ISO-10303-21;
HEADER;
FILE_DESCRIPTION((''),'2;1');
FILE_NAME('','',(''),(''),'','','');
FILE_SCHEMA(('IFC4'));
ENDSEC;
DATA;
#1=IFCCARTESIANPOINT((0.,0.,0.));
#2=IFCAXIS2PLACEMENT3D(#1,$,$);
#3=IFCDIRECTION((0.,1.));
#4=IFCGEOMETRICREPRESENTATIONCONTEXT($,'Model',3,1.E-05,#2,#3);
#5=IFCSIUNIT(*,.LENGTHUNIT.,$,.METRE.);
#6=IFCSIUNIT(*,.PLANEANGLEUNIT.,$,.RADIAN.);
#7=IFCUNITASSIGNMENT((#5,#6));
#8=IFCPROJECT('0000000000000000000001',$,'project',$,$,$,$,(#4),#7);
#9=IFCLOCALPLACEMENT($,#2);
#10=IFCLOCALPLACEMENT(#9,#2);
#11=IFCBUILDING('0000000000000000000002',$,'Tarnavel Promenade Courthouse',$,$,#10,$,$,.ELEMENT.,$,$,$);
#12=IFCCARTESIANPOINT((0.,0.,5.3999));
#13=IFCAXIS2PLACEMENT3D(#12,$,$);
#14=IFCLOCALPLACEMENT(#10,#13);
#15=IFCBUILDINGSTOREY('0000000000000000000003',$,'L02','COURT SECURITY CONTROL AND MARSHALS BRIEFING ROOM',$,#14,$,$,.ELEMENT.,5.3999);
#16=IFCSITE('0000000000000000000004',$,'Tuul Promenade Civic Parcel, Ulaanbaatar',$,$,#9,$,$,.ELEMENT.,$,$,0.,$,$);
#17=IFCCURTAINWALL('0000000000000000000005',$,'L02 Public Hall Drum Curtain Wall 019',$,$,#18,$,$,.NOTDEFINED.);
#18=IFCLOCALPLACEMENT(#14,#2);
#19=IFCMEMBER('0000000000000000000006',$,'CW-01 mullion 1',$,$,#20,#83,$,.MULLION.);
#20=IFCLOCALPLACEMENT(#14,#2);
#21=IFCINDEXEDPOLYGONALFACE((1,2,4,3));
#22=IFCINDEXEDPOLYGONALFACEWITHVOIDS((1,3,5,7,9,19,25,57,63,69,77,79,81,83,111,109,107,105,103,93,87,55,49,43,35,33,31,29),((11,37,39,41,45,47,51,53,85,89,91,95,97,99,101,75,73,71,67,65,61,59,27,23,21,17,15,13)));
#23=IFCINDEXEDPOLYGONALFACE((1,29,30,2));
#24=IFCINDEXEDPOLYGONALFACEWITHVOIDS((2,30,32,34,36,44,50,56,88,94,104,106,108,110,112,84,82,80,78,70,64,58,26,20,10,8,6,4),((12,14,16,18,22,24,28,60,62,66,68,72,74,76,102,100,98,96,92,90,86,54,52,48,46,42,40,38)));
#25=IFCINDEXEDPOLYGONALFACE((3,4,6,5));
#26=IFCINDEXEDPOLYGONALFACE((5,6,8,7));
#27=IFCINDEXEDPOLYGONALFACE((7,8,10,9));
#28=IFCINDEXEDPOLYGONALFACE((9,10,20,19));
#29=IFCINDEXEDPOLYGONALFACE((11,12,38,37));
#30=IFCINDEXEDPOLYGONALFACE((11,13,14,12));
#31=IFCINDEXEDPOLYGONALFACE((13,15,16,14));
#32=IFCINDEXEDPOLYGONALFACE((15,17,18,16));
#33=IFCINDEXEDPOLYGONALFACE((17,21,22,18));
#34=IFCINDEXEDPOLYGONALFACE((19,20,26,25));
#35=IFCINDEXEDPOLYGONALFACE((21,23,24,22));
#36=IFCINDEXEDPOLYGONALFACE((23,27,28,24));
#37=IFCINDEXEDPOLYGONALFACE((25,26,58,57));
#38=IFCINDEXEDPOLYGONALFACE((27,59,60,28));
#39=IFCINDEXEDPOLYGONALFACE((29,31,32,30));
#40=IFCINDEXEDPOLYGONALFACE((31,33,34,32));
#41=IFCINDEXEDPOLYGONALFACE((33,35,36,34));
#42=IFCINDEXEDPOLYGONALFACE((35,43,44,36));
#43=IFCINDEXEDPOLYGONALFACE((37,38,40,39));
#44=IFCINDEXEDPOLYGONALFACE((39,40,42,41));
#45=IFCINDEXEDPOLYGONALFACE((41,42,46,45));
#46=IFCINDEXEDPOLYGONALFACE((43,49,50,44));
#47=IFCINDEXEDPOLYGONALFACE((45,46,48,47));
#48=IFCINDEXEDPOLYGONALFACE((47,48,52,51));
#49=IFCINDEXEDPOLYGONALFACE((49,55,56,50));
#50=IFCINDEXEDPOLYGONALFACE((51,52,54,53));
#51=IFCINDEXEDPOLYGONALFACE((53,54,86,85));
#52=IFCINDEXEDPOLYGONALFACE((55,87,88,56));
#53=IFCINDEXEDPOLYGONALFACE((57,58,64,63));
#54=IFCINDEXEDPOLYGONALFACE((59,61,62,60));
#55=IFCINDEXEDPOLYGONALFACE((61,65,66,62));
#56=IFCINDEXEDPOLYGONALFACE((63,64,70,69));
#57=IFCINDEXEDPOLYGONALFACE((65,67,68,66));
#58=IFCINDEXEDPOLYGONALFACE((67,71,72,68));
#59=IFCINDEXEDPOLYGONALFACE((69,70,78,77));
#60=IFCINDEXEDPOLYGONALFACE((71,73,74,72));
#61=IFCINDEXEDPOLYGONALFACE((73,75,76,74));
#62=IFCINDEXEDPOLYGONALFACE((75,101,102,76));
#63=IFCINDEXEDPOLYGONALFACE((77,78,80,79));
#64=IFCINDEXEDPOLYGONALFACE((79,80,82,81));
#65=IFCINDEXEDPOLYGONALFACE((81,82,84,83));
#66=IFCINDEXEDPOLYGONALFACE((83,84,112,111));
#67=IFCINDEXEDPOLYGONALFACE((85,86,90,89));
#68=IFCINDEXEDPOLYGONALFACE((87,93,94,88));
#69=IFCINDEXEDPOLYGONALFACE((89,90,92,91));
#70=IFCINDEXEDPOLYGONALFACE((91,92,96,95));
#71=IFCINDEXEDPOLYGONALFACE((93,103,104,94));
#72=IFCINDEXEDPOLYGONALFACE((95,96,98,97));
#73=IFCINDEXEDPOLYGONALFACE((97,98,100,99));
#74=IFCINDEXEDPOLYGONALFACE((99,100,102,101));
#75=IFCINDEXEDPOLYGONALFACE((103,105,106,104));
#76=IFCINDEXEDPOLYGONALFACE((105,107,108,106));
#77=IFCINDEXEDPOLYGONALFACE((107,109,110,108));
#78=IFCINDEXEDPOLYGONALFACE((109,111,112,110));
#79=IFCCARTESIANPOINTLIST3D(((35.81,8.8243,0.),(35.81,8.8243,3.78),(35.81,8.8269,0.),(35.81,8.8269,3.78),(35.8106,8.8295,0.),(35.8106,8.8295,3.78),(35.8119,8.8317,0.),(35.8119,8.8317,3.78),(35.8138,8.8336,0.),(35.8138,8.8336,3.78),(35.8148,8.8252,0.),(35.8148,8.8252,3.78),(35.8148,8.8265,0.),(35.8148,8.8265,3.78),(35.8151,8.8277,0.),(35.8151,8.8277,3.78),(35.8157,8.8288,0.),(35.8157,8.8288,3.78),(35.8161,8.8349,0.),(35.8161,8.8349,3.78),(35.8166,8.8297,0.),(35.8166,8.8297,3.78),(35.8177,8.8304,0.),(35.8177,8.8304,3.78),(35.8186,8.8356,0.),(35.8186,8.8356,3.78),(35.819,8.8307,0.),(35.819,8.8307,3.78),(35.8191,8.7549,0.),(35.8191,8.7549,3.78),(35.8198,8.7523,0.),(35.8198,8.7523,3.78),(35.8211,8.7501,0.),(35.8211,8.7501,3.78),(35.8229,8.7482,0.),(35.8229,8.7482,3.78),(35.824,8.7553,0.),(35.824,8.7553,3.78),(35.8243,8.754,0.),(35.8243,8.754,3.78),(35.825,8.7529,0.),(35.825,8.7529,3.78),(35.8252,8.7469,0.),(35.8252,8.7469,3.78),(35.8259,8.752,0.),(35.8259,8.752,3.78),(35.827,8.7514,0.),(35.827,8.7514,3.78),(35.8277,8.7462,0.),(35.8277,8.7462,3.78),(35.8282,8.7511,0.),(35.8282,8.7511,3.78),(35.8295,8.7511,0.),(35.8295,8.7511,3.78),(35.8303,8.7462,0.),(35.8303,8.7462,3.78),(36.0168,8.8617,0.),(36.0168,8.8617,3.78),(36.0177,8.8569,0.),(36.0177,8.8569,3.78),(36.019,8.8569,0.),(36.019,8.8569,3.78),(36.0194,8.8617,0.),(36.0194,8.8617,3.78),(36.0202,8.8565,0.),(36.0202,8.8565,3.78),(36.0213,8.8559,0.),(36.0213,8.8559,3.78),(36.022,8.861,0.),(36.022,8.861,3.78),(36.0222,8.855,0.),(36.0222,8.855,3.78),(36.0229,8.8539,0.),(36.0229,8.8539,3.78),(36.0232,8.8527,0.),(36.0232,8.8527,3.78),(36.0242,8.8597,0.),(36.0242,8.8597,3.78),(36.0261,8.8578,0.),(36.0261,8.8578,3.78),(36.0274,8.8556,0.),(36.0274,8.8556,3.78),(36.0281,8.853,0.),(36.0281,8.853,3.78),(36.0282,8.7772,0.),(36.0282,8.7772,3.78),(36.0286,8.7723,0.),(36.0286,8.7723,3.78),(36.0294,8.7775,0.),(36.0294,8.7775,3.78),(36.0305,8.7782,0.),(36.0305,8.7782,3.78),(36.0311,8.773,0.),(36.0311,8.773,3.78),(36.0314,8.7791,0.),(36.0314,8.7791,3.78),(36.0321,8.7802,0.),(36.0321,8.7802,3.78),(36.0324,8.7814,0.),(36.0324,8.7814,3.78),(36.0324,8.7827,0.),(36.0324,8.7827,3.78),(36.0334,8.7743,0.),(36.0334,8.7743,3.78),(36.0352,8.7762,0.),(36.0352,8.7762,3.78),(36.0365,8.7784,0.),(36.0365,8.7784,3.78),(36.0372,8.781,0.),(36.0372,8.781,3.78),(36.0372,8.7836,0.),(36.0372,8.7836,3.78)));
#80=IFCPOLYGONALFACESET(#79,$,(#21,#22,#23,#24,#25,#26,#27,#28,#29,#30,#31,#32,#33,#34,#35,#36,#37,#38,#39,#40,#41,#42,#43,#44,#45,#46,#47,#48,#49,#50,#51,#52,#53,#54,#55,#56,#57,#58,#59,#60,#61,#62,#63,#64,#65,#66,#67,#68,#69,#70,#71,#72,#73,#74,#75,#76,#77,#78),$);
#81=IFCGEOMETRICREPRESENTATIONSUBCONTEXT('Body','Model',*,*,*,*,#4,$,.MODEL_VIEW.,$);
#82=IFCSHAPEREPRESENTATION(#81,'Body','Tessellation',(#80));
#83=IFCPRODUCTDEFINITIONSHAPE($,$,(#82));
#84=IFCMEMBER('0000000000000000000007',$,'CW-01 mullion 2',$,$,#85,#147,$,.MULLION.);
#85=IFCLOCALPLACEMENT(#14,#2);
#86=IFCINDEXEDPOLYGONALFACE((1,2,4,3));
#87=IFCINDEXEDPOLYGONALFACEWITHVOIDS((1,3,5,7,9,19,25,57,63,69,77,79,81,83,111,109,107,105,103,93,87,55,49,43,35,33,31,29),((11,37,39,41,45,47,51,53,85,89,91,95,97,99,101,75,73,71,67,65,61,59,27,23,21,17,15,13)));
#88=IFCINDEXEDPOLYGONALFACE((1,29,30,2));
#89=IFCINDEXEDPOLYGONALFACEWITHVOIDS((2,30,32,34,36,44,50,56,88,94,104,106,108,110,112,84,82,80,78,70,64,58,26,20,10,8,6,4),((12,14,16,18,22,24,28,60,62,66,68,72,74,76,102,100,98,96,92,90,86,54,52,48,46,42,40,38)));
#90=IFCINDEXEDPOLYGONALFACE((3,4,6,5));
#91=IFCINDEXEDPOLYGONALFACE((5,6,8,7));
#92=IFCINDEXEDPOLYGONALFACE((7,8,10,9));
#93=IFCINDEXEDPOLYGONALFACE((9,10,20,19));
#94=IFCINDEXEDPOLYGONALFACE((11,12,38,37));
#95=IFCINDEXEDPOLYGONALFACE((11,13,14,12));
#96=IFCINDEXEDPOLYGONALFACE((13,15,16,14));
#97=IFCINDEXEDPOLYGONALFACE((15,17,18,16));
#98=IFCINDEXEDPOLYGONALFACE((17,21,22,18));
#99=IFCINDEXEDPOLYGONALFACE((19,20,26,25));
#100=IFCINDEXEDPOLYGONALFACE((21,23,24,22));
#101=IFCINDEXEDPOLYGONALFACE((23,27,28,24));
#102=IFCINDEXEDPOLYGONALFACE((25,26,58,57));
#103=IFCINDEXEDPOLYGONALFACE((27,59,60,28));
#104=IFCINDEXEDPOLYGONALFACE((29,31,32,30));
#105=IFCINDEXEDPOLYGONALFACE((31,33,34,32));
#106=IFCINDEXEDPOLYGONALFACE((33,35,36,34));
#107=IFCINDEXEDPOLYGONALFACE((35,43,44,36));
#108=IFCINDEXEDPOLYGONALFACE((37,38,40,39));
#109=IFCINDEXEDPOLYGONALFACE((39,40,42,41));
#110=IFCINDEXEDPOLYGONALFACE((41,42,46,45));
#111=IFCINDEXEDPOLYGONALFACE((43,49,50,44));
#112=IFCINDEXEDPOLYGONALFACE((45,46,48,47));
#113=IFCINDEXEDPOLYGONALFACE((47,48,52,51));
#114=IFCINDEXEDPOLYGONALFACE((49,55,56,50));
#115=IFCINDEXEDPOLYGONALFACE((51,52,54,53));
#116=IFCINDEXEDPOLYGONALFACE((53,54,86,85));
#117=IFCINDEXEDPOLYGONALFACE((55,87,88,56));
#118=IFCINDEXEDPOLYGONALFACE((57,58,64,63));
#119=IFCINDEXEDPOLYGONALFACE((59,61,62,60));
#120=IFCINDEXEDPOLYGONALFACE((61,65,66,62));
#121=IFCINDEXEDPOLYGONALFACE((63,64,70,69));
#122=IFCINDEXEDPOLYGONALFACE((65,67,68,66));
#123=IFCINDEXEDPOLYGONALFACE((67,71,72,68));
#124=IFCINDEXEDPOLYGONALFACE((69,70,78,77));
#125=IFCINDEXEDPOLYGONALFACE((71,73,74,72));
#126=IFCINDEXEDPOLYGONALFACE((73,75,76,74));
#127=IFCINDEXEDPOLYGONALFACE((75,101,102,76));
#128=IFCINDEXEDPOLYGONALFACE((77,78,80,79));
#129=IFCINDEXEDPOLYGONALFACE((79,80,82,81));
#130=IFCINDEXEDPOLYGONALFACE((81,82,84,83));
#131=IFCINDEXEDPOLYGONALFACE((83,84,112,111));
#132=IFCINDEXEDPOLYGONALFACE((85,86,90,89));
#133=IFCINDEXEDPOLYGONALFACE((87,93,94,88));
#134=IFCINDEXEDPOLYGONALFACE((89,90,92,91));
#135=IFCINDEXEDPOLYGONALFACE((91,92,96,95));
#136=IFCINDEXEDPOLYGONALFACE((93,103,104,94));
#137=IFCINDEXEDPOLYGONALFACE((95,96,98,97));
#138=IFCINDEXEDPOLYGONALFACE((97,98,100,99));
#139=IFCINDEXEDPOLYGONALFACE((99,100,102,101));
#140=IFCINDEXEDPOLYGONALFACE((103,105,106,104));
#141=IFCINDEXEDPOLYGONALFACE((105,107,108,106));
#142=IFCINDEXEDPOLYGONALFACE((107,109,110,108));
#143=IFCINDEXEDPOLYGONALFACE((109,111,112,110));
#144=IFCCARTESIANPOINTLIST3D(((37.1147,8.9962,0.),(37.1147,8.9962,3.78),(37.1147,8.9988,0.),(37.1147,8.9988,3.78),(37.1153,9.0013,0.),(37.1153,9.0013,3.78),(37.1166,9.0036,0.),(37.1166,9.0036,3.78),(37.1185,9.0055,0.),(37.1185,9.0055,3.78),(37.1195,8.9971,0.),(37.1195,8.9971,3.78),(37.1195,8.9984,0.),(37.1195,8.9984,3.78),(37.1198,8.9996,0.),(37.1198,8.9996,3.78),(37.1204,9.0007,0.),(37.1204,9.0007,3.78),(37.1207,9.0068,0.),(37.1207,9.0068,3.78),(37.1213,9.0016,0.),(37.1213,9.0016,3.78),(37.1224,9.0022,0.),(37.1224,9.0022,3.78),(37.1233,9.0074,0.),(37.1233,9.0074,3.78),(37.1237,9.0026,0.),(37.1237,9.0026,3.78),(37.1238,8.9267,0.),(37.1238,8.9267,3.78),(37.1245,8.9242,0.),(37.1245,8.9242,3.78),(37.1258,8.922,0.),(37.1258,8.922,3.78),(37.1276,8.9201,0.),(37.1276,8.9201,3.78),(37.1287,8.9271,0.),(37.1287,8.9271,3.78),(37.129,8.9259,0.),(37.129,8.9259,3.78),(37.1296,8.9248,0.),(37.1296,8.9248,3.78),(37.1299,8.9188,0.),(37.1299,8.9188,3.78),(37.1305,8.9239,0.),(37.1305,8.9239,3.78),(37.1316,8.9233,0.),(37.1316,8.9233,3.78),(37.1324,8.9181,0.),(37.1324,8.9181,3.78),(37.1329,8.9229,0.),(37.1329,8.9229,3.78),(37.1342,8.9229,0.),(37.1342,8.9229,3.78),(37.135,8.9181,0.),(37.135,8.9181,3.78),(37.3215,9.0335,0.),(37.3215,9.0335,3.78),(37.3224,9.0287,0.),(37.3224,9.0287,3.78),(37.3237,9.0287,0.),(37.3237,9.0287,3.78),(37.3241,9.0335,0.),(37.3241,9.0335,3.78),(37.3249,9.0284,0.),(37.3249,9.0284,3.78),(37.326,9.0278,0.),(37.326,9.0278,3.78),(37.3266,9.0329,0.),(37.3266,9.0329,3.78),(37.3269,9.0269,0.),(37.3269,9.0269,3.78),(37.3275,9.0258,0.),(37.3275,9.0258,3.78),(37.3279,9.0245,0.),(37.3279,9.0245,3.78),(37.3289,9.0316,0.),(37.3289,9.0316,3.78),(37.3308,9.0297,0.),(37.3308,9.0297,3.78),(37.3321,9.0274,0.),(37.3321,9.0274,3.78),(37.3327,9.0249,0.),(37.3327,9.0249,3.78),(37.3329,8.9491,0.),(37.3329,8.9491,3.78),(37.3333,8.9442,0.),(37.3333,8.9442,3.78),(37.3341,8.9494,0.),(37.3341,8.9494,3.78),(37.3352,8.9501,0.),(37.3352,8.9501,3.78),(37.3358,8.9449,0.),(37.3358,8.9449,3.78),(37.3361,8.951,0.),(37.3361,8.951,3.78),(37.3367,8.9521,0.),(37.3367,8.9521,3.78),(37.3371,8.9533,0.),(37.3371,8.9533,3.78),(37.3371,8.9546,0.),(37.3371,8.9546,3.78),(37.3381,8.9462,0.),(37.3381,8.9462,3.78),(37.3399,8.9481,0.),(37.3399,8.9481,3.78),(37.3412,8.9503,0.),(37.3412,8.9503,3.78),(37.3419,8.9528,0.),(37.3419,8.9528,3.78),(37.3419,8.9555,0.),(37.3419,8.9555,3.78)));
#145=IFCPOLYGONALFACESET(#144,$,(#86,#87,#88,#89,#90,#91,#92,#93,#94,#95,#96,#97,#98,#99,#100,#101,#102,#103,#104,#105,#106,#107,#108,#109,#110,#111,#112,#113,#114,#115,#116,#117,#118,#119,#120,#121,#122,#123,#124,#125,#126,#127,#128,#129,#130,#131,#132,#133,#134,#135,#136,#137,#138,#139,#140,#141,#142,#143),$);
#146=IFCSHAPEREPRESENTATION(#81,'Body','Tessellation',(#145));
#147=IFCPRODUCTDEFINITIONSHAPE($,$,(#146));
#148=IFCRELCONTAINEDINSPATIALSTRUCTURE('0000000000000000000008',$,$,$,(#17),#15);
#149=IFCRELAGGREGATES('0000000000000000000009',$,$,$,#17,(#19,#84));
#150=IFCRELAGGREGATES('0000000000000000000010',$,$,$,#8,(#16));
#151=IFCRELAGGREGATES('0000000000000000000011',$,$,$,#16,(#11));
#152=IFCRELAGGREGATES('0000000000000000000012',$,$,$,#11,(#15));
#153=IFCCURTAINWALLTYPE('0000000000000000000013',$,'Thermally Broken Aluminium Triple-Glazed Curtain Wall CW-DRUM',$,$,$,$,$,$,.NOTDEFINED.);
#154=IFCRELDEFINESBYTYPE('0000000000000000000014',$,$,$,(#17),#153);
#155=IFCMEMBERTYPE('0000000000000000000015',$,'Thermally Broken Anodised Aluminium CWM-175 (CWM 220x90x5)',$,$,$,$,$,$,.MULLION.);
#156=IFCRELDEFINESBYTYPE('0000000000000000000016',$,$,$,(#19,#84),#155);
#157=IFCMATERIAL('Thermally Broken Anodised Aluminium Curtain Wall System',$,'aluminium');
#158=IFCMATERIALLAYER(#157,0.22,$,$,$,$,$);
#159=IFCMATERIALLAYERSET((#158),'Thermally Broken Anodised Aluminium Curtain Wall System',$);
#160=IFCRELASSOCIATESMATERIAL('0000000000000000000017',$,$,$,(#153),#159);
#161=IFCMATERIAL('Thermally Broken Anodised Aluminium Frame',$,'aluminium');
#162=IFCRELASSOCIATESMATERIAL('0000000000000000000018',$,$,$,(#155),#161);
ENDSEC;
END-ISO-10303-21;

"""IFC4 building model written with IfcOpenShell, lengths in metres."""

from ifc_helpers import new_model, si_unit, direction, frame, origin, origin_2d, place, context, subcontext, project, spatial, hollow_rectangle, extrude, material, layer, layer_set, material_profile, profile_set, type_object, element, aggregate, save


model = new_model("IFC4")

# Units and contexts
model_context = context("Model", 3, precision=1e-05, world=origin(), true_north=direction((0.0, 1.0)))
body_context = subcontext(model_context, "Body", "Model", "MODEL_VIEW")
ifc_project = project(units=[si_unit("LENGTHUNIT", "METRE"), si_unit("PLANEANGLEUNIT", "RADIAN")], contexts=[model_context])

# Site, building, storey
site_placement = place(None, origin())
site = spatial("IfcSite", under=ifc_project, at=site_placement, Name="Tuul Promenade Civic Parcel, Ulaanbaatar", CompositionType="ELEMENT", RefElevation=0.0)
building_placement = place(site_placement, origin())
building = spatial("IfcBuilding", under=site, at=building_placement, Name="Tarnavel Promenade Courthouse", CompositionType="ELEMENT")
storey_placement = place(building_placement, frame((0.0, 0.0, 5.3999)))
storey = spatial("IfcBuildingStorey", under=building, at=storey_placement, Name="L02", Description="COURT SECURITY CONTROL AND MARSHALS BRIEFING ROOM", CompositionType="ELEMENT", Elevation=5.3999)

# Curtain wall, members
ifc_material_1 = material(Name="Thermally Broken Anodised Aluminium Curtain Wall System", Category="aluminium")
ifc_layer_1 = layer(ifc_material_1, 0.22)
ifc_layer_set_1 = layer_set([ifc_layer_1], Name="Thermally Broken Anodised Aluminium Curtain Wall System")
curtain_wall_type = type_object("IfcCurtainWallType", Name="Thermally Broken Aluminium Triple-Glazed Curtain Wall CW-DRUM", PredefinedType="NOTDEFINED", material=ifc_layer_set_1)
ifc_material_2 = material(Name="Thermally Broken Anodised Aluminium Frame", Category="aluminium")
ifc_material_profile_1 = material_profile(ifc_material_2, hollow_rectangle(XDim=0.0901, YDim=0.22, WallThickness=0.0049, InnerFilletRadius=0.0049, OuterFilletRadius=0.01, at=origin_2d()), Name="CWM 220x90x5")
ifc_profile_set_1 = profile_set([ifc_material_profile_1], Name="Thermally Broken Anodised Aluminium Frame")
member_type_1 = type_object("IfcMemberType", Name="Thermally Broken Anodised Aluminium CWM-175 (CWM 220x90x5)", PredefinedType="MULLION", material=ifc_profile_set_1)
curtain_wall_1_placement = place(storey_placement, origin())
curtain_wall_1 = element("IfcCurtainWall", 1, at=curtain_wall_1_placement, inside=storey, type_object=curtain_wall_type, Name="L02 Public Hall Drum Curtain Wall 019", PredefinedType="NOTDEFINED")
member_1_placement = place(storey_placement, frame((35.9236, 8.804, 0.0), z_axis=(0.0, 0.0, 1.0), x_axis=(-0.130526, 0.991445, 0.0)))
member_1 = element("IfcMember", 2, at=member_1_placement, type_object=member_type_1, Name="CW-01 mullion 1", PredefinedType="MULLION", context=body_context, shape_type="SweptSolid", body=[
    extrude(hollow_rectangle(XDim=0.0901, YDim=0.22, WallThickness=0.0049, InnerFilletRadius=0.0049, OuterFilletRadius=0.01, at=origin_2d()), origin(), (0.0, 0.0, 1.0), 3.78),
])
member_2_placement = place(storey_placement, frame((37.2283, 8.9758, 0.0), z_axis=(0.0, 0.0, 1.0), x_axis=(-0.130526, 0.991445, 0.0)))
member_2 = element("IfcMember", 3, at=member_2_placement, type_object=member_type_1, Name="CW-01 mullion 2", PredefinedType="MULLION", context=body_context, shape_type="SweptSolid", body=[
    extrude(hollow_rectangle(XDim=0.0901, YDim=0.22, WallThickness=0.0049, InnerFilletRadius=0.0049, OuterFilletRadius=0.01, at=origin_2d()), origin(), (0.0, 0.0, 1.0), 3.78),
])

aggregate(curtain_wall_1, [member_1, member_2])

save(model, "model.ifc")
